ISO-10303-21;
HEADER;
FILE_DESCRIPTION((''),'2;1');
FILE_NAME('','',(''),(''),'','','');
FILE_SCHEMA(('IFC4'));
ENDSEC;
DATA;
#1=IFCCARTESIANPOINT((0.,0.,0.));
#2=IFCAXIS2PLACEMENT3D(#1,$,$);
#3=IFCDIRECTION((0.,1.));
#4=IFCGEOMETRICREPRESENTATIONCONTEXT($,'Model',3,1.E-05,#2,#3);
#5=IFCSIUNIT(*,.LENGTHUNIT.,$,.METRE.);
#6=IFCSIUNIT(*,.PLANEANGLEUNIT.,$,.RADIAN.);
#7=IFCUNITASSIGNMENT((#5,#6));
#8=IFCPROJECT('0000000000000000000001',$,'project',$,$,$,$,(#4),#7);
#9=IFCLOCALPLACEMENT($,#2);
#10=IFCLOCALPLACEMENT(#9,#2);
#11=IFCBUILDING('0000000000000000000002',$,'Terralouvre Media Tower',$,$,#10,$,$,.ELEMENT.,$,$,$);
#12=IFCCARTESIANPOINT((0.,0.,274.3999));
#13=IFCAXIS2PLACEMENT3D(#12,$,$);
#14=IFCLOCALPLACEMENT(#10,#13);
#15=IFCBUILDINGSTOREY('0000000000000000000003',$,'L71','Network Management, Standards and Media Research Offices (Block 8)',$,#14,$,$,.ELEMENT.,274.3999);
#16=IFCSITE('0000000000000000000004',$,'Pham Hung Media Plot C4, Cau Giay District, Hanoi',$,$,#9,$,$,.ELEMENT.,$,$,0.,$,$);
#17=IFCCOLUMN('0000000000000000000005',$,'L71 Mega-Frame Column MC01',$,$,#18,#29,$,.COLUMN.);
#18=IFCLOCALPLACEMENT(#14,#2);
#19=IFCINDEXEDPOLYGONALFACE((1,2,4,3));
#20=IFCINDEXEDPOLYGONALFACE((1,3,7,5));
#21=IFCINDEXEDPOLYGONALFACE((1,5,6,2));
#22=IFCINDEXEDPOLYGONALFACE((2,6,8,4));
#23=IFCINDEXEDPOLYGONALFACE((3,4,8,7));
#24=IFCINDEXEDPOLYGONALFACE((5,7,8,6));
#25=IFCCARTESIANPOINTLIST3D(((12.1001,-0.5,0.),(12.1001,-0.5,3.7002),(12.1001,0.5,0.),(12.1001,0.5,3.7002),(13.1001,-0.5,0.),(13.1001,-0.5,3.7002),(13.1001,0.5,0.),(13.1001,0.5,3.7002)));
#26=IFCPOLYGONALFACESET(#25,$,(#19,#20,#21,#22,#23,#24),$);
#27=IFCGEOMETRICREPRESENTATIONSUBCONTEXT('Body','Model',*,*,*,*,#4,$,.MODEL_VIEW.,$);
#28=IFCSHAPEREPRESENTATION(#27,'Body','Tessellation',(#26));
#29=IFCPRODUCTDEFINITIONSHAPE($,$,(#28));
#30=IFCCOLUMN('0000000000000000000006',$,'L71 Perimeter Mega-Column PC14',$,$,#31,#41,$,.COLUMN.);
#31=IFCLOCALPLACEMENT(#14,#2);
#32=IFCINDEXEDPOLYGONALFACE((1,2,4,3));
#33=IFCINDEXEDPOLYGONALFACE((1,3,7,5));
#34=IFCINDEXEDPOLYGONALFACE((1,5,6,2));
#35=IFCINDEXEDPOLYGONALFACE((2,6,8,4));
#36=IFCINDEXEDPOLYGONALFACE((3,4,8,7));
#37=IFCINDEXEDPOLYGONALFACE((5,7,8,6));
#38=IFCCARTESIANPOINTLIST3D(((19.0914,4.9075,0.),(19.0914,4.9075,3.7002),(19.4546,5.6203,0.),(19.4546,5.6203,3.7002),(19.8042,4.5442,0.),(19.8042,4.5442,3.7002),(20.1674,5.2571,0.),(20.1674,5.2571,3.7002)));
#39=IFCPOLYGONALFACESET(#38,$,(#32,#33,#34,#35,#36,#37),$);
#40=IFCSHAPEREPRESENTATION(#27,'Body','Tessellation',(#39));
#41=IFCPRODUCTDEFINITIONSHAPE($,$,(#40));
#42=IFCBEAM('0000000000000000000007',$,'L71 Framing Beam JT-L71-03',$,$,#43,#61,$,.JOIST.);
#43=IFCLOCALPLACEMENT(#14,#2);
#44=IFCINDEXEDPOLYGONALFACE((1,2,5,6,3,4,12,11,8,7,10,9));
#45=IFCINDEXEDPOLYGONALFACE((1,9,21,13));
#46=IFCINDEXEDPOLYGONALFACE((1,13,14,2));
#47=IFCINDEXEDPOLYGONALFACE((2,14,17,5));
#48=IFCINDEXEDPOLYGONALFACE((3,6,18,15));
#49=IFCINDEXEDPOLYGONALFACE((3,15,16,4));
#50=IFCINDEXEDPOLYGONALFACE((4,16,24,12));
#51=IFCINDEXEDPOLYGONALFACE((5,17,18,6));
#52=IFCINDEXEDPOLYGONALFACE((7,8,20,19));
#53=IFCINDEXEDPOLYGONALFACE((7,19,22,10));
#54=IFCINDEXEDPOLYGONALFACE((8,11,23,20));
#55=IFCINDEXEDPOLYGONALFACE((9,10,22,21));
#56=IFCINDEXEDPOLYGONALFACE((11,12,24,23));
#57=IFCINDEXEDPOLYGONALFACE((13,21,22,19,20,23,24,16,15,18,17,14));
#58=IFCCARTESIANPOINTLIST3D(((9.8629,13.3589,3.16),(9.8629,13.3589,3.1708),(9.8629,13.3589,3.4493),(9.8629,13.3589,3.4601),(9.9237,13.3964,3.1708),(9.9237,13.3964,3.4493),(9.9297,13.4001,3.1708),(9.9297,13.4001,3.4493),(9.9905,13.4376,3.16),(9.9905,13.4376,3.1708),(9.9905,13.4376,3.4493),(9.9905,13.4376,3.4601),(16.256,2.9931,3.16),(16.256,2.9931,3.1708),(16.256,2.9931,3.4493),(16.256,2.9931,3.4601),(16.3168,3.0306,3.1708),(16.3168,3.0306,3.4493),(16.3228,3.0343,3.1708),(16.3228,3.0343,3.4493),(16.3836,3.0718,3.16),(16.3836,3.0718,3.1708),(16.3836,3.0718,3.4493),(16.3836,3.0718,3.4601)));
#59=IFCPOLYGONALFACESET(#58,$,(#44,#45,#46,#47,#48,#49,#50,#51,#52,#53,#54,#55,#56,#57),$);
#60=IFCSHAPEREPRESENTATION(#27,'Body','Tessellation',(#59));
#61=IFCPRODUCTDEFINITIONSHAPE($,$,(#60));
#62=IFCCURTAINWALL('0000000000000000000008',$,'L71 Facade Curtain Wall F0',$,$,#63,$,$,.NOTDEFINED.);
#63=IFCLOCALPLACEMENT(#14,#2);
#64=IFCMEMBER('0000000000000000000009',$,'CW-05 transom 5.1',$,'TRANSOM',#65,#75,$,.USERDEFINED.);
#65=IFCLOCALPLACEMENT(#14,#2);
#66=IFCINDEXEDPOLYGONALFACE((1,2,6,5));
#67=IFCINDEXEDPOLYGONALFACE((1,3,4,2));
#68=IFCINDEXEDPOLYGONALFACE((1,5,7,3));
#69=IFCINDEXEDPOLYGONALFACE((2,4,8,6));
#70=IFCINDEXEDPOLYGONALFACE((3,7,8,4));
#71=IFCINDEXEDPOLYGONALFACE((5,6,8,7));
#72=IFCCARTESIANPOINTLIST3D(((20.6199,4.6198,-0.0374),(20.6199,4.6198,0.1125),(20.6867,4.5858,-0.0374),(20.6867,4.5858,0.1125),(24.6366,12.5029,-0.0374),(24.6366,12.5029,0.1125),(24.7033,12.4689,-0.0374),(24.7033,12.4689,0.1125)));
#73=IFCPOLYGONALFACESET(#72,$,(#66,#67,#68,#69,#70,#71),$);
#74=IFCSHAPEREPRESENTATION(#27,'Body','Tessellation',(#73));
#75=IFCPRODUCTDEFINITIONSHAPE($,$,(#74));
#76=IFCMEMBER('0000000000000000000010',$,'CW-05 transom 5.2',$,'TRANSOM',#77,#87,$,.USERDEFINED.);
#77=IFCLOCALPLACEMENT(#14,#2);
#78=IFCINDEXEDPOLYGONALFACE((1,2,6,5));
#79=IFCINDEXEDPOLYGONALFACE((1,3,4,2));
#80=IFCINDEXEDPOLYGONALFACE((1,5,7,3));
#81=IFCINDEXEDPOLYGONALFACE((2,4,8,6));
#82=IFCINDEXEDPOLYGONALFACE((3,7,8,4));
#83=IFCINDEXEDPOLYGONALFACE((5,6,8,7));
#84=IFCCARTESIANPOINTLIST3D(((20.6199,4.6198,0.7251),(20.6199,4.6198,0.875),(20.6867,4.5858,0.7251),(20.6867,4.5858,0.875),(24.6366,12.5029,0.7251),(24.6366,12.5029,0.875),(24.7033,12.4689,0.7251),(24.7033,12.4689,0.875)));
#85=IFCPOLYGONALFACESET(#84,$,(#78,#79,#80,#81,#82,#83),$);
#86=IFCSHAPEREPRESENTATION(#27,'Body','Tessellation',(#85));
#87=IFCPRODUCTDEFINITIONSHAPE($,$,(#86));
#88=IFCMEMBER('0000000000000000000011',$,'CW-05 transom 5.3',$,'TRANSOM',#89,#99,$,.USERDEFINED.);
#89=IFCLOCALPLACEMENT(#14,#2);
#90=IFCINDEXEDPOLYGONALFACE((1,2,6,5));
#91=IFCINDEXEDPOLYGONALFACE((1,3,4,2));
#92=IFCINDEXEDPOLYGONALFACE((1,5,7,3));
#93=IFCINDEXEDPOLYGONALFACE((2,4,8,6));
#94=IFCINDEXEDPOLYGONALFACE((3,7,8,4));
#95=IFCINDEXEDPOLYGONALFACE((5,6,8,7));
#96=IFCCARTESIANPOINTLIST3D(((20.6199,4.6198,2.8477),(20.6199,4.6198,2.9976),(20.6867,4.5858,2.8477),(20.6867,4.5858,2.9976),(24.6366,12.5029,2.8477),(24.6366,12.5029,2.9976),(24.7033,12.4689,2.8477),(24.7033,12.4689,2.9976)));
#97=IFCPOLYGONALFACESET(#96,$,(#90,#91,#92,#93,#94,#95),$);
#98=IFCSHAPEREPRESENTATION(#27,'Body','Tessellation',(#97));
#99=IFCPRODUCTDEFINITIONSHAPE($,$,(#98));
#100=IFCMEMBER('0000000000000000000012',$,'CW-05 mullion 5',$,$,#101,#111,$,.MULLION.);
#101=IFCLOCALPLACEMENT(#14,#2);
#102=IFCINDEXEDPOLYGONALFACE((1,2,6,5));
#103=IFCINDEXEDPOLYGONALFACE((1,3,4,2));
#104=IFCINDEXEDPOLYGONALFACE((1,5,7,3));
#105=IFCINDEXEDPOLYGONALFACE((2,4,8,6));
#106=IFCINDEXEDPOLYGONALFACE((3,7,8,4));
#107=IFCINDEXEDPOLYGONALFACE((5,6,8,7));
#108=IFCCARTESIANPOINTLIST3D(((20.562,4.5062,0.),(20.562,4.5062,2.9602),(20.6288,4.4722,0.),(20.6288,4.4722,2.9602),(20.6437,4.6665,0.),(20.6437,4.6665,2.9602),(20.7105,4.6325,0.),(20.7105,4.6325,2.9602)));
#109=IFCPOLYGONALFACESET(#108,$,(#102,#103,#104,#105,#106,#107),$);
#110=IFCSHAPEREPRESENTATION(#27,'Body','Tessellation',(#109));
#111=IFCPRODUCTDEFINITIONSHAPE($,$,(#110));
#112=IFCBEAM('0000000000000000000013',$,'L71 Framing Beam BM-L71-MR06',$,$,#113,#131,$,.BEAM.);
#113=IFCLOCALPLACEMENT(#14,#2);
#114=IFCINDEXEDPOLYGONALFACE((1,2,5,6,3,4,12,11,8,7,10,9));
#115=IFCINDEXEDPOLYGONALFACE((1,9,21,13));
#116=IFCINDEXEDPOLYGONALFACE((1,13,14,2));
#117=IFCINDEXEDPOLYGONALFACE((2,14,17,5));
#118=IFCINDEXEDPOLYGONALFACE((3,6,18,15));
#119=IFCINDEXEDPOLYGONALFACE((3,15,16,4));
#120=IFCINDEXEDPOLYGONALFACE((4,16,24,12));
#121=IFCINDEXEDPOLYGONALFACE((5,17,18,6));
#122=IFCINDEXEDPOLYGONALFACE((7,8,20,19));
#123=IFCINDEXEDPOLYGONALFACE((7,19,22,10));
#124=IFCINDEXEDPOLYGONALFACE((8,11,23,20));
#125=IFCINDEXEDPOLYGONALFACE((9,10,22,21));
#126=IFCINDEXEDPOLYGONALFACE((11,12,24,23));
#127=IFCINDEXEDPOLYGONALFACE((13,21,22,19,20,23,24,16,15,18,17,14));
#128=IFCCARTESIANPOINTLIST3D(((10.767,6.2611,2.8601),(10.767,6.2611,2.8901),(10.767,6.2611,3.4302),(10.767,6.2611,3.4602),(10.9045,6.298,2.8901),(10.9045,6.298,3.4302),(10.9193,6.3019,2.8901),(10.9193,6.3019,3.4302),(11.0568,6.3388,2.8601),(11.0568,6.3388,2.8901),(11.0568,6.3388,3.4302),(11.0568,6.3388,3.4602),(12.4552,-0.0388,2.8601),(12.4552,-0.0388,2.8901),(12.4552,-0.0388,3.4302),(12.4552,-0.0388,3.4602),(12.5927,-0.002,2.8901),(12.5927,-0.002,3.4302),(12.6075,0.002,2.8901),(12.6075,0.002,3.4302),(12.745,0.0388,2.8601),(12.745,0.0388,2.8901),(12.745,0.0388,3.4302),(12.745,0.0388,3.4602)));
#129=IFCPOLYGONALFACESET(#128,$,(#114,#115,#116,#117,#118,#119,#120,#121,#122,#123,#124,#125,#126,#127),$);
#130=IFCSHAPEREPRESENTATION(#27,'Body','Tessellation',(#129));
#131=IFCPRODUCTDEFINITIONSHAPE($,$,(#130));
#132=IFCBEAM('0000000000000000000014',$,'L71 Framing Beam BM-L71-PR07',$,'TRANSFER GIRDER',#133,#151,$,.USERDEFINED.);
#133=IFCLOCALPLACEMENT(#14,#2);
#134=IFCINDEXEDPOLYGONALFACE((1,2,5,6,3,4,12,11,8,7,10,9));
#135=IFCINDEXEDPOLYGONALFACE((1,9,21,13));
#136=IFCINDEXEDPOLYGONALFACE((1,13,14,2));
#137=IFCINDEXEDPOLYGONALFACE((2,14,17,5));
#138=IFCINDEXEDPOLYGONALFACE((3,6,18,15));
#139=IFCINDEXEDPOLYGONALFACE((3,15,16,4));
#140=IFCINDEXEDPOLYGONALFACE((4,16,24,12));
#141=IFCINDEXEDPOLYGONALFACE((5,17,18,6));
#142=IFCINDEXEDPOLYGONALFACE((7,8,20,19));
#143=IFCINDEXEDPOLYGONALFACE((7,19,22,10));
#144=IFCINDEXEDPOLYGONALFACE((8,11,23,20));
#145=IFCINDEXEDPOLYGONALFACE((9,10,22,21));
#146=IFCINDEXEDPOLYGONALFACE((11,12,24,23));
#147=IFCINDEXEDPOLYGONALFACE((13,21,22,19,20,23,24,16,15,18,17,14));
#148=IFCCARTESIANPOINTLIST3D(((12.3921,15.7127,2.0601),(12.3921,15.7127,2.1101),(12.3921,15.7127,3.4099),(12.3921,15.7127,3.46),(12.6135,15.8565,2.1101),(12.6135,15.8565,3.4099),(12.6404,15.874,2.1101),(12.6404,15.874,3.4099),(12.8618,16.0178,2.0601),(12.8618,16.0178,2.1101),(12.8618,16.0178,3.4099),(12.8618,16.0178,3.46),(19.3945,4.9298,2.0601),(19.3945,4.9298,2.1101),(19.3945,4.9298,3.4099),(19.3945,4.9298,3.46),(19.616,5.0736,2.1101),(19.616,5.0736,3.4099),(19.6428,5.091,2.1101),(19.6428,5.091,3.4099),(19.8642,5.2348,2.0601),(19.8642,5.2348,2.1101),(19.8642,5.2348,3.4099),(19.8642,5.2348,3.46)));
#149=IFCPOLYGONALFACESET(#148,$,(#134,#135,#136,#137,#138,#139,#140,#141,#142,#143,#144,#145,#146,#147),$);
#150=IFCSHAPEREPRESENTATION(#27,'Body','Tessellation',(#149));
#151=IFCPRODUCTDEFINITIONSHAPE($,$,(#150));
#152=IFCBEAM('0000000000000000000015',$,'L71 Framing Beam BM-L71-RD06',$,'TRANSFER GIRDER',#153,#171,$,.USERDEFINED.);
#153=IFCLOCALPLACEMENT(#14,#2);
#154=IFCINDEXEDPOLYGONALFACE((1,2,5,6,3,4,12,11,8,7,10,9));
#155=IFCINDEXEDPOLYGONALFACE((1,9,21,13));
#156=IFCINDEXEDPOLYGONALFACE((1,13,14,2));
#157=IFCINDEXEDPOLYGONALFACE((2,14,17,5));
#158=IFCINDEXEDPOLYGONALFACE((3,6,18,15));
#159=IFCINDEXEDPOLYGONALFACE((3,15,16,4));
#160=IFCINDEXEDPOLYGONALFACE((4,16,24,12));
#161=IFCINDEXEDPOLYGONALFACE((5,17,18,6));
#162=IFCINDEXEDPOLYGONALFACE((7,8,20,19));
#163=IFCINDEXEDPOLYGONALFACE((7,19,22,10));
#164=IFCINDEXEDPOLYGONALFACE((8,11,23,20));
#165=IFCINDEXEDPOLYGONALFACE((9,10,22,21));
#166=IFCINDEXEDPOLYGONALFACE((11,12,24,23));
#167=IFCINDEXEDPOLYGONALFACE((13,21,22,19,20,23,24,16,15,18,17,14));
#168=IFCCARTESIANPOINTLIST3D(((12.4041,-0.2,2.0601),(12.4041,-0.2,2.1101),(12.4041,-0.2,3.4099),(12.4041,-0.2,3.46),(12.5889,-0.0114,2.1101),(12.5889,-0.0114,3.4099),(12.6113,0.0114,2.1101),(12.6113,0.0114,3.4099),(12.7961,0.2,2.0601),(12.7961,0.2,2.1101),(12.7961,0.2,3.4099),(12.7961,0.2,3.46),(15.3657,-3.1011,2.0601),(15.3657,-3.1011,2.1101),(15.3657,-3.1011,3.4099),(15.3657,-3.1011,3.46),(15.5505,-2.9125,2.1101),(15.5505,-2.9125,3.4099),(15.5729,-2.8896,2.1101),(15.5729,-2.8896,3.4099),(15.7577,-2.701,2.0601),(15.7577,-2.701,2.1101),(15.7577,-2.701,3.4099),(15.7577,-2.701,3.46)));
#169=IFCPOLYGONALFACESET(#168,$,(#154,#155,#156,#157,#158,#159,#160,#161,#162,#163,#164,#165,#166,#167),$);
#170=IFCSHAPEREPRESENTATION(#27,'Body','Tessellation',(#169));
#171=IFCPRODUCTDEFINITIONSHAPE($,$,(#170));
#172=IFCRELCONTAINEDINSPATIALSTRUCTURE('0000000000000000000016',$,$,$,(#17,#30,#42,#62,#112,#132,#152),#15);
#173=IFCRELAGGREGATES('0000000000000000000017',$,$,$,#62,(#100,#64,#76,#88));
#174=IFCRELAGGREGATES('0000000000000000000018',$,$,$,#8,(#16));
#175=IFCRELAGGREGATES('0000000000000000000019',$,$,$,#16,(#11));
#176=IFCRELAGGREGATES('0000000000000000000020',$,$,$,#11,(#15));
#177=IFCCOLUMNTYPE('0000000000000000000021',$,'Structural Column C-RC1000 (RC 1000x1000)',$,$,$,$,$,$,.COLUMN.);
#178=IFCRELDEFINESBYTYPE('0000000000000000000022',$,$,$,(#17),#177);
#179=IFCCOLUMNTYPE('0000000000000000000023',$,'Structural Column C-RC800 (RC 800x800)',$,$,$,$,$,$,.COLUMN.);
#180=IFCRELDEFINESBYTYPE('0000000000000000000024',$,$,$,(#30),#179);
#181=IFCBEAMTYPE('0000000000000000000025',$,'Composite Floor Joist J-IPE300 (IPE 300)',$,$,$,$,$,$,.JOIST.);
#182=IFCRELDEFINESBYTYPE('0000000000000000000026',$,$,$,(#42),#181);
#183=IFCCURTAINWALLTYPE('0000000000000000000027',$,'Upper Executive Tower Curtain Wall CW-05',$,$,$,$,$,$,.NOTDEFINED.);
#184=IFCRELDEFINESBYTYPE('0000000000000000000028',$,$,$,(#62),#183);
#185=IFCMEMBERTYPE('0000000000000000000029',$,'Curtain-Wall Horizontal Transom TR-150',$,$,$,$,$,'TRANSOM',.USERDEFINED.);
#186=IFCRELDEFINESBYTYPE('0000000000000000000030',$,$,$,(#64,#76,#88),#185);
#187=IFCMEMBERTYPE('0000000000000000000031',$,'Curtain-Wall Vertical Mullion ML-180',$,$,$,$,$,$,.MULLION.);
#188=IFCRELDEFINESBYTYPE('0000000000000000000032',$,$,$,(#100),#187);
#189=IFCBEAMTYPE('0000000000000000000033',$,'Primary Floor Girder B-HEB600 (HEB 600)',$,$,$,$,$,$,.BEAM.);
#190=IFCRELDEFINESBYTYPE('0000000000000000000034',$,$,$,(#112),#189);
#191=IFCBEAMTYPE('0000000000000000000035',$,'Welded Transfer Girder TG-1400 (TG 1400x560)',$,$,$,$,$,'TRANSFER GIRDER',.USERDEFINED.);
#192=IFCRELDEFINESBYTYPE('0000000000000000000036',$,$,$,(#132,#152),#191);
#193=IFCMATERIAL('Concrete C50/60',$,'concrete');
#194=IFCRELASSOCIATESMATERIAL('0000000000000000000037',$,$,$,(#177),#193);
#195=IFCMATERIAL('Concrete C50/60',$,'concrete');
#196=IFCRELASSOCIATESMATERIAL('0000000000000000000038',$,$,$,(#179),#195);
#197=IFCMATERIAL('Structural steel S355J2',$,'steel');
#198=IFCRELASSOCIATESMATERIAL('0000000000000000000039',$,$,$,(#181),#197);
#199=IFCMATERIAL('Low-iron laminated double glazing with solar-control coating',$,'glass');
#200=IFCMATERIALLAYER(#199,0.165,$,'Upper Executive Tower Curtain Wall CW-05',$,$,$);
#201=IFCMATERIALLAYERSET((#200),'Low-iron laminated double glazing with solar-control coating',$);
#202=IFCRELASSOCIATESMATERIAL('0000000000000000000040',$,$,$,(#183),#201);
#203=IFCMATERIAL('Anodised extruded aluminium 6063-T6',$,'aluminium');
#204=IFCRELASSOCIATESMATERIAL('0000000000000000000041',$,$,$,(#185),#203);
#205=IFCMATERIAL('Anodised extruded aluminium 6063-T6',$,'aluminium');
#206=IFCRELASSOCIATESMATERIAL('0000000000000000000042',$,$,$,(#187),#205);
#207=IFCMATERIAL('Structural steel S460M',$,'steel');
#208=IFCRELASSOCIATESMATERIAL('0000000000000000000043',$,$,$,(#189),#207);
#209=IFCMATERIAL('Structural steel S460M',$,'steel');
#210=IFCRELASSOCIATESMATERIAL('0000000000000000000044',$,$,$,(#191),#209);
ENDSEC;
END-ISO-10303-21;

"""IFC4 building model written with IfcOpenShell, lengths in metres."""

from ifc_helpers import new_model, si_unit, direction, frame, origin, origin_2d, place, context, subcontext, project, spatial, rectangle, i_section, extrude, material, layer, layer_set, material_profile, profile_set, type_object, element, aggregate, save


model = new_model("IFC4")

# Units and contexts
model_context = context("Model", 3, precision=1e-05, world=origin(), true_north=direction((0.0, 1.0)))
body_context = subcontext(model_context, "Body", "Model", "MODEL_VIEW")
ifc_project = project(units=[si_unit("LENGTHUNIT", "METRE"), si_unit("PLANEANGLEUNIT", "RADIAN")], contexts=[model_context])

# Site, building, storey
site_placement = place(None, origin())
site = spatial("IfcSite", under=ifc_project, at=site_placement, Name="Pham Hung Media Plot C4, Cau Giay District, Hanoi", CompositionType="ELEMENT", RefElevation=0.0)
building_placement = place(site_placement, origin())
building = spatial("IfcBuilding", under=site, at=building_placement, Name="Terralouvre Media Tower", CompositionType="ELEMENT")
storey_placement = place(building_placement, frame((0.0, 0.0, 274.3999)))
storey = spatial("IfcBuildingStorey", under=building, at=storey_placement, Name="L71", Description="Network Management, Standards and Media Research Offices (Block 8)", CompositionType="ELEMENT", Elevation=274.3999)

# Columns
ifc_material_1 = material(Name="Concrete C50/60", Category="concrete")
ifc_material_profile_1 = material_profile(ifc_material_1, rectangle(XDim=1.0, YDim=1.0, at=origin_2d()), Name="RC 1000x1000")
ifc_profile_set_1 = profile_set([ifc_material_profile_1], Name="Concrete C50/60")
column_type_1 = type_object("IfcColumnType", Name="Structural Column C-RC1000 (RC 1000x1000)", PredefinedType="COLUMN", material=ifc_profile_set_1)
column_1_placement = place(storey_placement, frame((12.6001, 0.0, 0.0), z_axis=(0.0, 0.0, 1.0), x_axis=(1.0, 0.0, 0.0)))
element("IfcColumn", 1, at=column_1_placement, inside=storey, type_object=column_type_1, Name="L71 Mega-Frame Column MC01", PredefinedType="COLUMN", context=body_context, shape_type="SweptSolid", body=[
    extrude(rectangle(XDim=1.0, YDim=1.0, at=origin_2d()), origin(), (0.0, 0.0, 1.0), 3.7002),
])
ifc_material_2 = material(Name="Concrete C50/60", Category="concrete")
ifc_material_profile_2 = material_profile(ifc_material_2, rectangle(XDim=0.8, YDim=0.8, at=origin_2d()), Name="RC 800x800")
ifc_profile_set_2 = profile_set([ifc_material_profile_2], Name="Concrete C50/60")
column_type_2 = type_object("IfcColumnType", Name="Structural Column C-RC800 (RC 800x800)", PredefinedType="COLUMN", material=ifc_profile_set_2)
column_2_placement = place(storey_placement, frame((19.6294, 5.0823, 0.0), z_axis=(0.0, 0.0, 1.0), x_axis=(0.45399, 0.891007, 0.0)))
element("IfcColumn", 2, at=column_2_placement, inside=storey, type_object=column_type_2, Name="L71 Perimeter Mega-Column PC14", PredefinedType="COLUMN", context=body_context, shape_type="SweptSolid", body=[
    extrude(rectangle(XDim=0.8, YDim=0.8, at=origin_2d()), origin(), (0.0, 0.0, 1.0), 3.7002),
])

# Beam
ifc_material_3 = material(Name="Structural steel S355J2", Category="steel")
ifc_material_profile_3 = material_profile(ifc_material_3, i_section(OverallWidth=0.1499, OverallDepth=0.3, WebThickness=0.0071, FlangeThickness=0.0107, at=origin_2d()), Name="IPE 300")
ifc_profile_set_3 = profile_set([ifc_material_profile_3], Name="Structural steel S355J2")
beam_type_1 = type_object("IfcBeamType", Name="Composite Floor Joist J-IPE300 (IPE 300)", PredefinedType="JOIST", material=ifc_profile_set_3)
beam_1_placement = place(storey_placement, frame((16.3198, 3.0325, 3.3101), z_axis=(-0.524941, 0.851139, 0.0), x_axis=(-0.851139, -0.524941, 0.0)))
element("IfcBeam", 3, at=beam_1_placement, inside=storey, type_object=beam_type_1, Name="L71 Framing Beam JT-L71-03", PredefinedType="JOIST", context=body_context, shape_type="SweptSolid", body=[
    extrude(i_section(OverallWidth=0.1499, OverallDepth=0.3, WebThickness=0.0071, FlangeThickness=0.0107, at=origin_2d()), origin(), (0.0, 0.0, 1.0), 12.1787),
])

# Curtain wall, members
ifc_material_4 = material(Name="Low-iron laminated double glazing with solar-control coating", Category="glass")
ifc_layer_1 = layer(ifc_material_4, 0.165, Name="Upper Executive Tower Curtain Wall CW-05")
ifc_layer_set_1 = layer_set([ifc_layer_1], Name="Low-iron laminated double glazing with solar-control coating")
curtain_wall_type = type_object("IfcCurtainWallType", Name="Upper Executive Tower Curtain Wall CW-05", PredefinedType="NOTDEFINED", material=ifc_layer_set_1)
curtain_wall_placement = place(storey_placement, origin())
curtain_wall = element("IfcCurtainWall", 4, at=curtain_wall_placement, inside=storey, type_object=curtain_wall_type, Name="L71 Facade Curtain Wall F0", PredefinedType="NOTDEFINED")
ifc_material_5 = material(Name="Anodised extruded aluminium 6063-T6", Category="aluminium")
ifc_material_profile_4 = material_profile(ifc_material_5, rectangle(XDim=0.075, YDim=0.1499, at=origin_2d()), Name="ALU 75x150")
ifc_profile_set_4 = profile_set([ifc_material_profile_4], Name="Anodised extruded aluminium 6063-T6")
member_type_1 = type_object("IfcMemberType", Name="Curtain-Wall Horizontal Transom TR-150", ElementType="TRANSOM", PredefinedType="USERDEFINED", material=ifc_profile_set_4)
member_1_placement = place(storey_placement, frame((20.6533, 4.6028, 0.0376), z_axis=(0.453989, 0.891007, 0.0), x_axis=(-0.891007, 0.453989, 0.0)))
member_1 = element("IfcMember", 5, at=member_1_placement, type_object=member_type_1, Name="CW-05 transom 5.1", ObjectType="TRANSOM", PredefinedType="USERDEFINED", context=body_context, shape_type="SweptSolid", body=[
    extrude(rectangle(XDim=0.075, YDim=0.1499, at=origin_2d()), origin(), (0.0, 0.0, 1.0), 8.8474),
])
member_2_placement = place(storey_placement, frame((20.6533, 4.6028, 0.8), z_axis=(0.453989, 0.891007, 0.0), x_axis=(-0.891007, 0.453989, 0.0)))
member_2 = element("IfcMember", 6, at=member_2_placement, type_object=member_type_1, Name="CW-05 transom 5.2", ObjectType="TRANSOM", PredefinedType="USERDEFINED", context=body_context, shape_type="SweptSolid", body=[
    extrude(rectangle(XDim=0.075, YDim=0.1499, at=origin_2d()), origin(), (0.0, 0.0, 1.0), 8.8474),
])
member_3_placement = place(storey_placement, frame((20.6533, 4.6028, 2.9226), z_axis=(0.453989, 0.891007, 0.0), x_axis=(-0.891007, 0.453989, 0.0)))
member_3 = element("IfcMember", 7, at=member_3_placement, type_object=member_type_1, Name="CW-05 transom 5.3", ObjectType="TRANSOM", PredefinedType="USERDEFINED", context=body_context, shape_type="SweptSolid", body=[
    extrude(rectangle(XDim=0.075, YDim=0.1499, at=origin_2d()), origin(), (0.0, 0.0, 1.0), 8.8474),
])
ifc_material_6 = material(Name="Anodised extruded aluminium 6063-T6", Category="aluminium")
ifc_material_profile_5 = material_profile(ifc_material_6, rectangle(XDim=0.075, YDim=0.1799, at=origin_2d()), Name="ALU 75x180")
ifc_profile_set_5 = profile_set([ifc_material_profile_5], Name="Anodised extruded aluminium 6063-T6")
member_type_2 = type_object("IfcMemberType", Name="Curtain-Wall Vertical Mullion ML-180", PredefinedType="MULLION", material=ifc_profile_set_5)
member_4_placement = place(storey_placement, frame((20.6362, 4.5693, 0.0), z_axis=(0.0, 0.0, 1.0), x_axis=(-0.891007, 0.45399, 0.0)))
member_4 = element("IfcMember", 8, at=member_4_placement, type_object=member_type_2, Name="CW-05 mullion 5", PredefinedType="MULLION", context=body_context, shape_type="SweptSolid", body=[
    extrude(rectangle(XDim=0.075, YDim=0.1799, at=origin_2d()), origin(), (0.0, 0.0, 1.0), 2.9602),
])

# Beams
ifc_material_7 = material(Name="Structural steel S460M", Category="steel")
ifc_material_profile_6 = material_profile(ifc_material_7, i_section(OverallWidth=0.3, OverallDepth=0.6001, WebThickness=0.0154, FlangeThickness=0.03, at=origin_2d()), Name="HEB 600")
ifc_profile_set_6 = profile_set([ifc_material_profile_6], Name="Structural steel S460M")
beam_type_2 = type_object("IfcBeamType", Name="Primary Floor Girder B-HEB600 (HEB 600)", PredefinedType="BEAM", material=ifc_profile_set_6)
beam_2_placement = place(storey_placement, frame((12.6001, 0.0, 3.1602), z_axis=(-0.258839, 0.96592, 0.0), x_axis=(-0.96592, -0.258839, 0.0)))
element("IfcBeam", 9, at=beam_2_placement, inside=storey, type_object=beam_type_2, Name="L71 Framing Beam BM-L71-MR06", PredefinedType="BEAM", context=body_context, shape_type="SweptSolid", body=[
    extrude(i_section(OverallWidth=0.3, OverallDepth=0.6001, WebThickness=0.0154, FlangeThickness=0.03, at=origin_2d()), origin(), (0.0, 0.0, 1.0), 6.5222),
])
ifc_material_8 = material(Name="Structural steel S460M", Category="steel")
ifc_material_profile_7 = material_profile(ifc_material_8, i_section(OverallWidth=0.5601, OverallDepth=1.3999, WebThickness=0.032, FlangeThickness=0.05, at=origin_2d()), Name="TG 1400x560")
ifc_profile_set_7 = profile_set([ifc_material_profile_7], Name="Structural steel S460M")
beam_type_3 = type_object("IfcBeamType", Name="Welded Transfer Girder TG-1400 (TG 1400x560)", ElementType="TRANSFER GIRDER", PredefinedType="USERDEFINED", material=ifc_profile_set_7)
beam_3_placement = place(storey_placement, frame((19.6294, 5.0823, 2.76), z_axis=(-0.544634, 0.838674, 0.0), x_axis=(-0.838674, -0.544634, 0.0)))
element("IfcBeam", 10, at=beam_3_placement, inside=storey, type_object=beam_type_3, Name="L71 Framing Beam BM-L71-PR07", ObjectType="TRANSFER GIRDER", PredefinedType="USERDEFINED", context=body_context, shape_type="SweptSolid", body=[
    extrude(i_section(OverallWidth=0.5601, OverallDepth=1.3999, WebThickness=0.032, FlangeThickness=0.05, at=origin_2d()), origin(), (0.0, 0.0, 1.0), 12.8572),
])
beam_4_placement = place(storey_placement, frame((12.6001, 0.0, 2.76), z_axis=(0.714371, -0.699767, 0.0), x_axis=(0.699767, 0.714371, 0.0)))
element("IfcBeam", 11, at=beam_4_placement, inside=storey, type_object=beam_type_3, Name="L71 Framing Beam BM-L71-RD06", ObjectType="TRANSFER GIRDER", PredefinedType="USERDEFINED", context=body_context, shape_type="SweptSolid", body=[
    extrude(i_section(OverallWidth=0.5601, OverallDepth=1.3999, WebThickness=0.032, FlangeThickness=0.05, at=origin_2d()), origin(), (0.0, 0.0, 1.0), 4.1458),
])

aggregate(curtain_wall, [member_4, member_1, member_2, member_3])

save(model, "model.ifc")
